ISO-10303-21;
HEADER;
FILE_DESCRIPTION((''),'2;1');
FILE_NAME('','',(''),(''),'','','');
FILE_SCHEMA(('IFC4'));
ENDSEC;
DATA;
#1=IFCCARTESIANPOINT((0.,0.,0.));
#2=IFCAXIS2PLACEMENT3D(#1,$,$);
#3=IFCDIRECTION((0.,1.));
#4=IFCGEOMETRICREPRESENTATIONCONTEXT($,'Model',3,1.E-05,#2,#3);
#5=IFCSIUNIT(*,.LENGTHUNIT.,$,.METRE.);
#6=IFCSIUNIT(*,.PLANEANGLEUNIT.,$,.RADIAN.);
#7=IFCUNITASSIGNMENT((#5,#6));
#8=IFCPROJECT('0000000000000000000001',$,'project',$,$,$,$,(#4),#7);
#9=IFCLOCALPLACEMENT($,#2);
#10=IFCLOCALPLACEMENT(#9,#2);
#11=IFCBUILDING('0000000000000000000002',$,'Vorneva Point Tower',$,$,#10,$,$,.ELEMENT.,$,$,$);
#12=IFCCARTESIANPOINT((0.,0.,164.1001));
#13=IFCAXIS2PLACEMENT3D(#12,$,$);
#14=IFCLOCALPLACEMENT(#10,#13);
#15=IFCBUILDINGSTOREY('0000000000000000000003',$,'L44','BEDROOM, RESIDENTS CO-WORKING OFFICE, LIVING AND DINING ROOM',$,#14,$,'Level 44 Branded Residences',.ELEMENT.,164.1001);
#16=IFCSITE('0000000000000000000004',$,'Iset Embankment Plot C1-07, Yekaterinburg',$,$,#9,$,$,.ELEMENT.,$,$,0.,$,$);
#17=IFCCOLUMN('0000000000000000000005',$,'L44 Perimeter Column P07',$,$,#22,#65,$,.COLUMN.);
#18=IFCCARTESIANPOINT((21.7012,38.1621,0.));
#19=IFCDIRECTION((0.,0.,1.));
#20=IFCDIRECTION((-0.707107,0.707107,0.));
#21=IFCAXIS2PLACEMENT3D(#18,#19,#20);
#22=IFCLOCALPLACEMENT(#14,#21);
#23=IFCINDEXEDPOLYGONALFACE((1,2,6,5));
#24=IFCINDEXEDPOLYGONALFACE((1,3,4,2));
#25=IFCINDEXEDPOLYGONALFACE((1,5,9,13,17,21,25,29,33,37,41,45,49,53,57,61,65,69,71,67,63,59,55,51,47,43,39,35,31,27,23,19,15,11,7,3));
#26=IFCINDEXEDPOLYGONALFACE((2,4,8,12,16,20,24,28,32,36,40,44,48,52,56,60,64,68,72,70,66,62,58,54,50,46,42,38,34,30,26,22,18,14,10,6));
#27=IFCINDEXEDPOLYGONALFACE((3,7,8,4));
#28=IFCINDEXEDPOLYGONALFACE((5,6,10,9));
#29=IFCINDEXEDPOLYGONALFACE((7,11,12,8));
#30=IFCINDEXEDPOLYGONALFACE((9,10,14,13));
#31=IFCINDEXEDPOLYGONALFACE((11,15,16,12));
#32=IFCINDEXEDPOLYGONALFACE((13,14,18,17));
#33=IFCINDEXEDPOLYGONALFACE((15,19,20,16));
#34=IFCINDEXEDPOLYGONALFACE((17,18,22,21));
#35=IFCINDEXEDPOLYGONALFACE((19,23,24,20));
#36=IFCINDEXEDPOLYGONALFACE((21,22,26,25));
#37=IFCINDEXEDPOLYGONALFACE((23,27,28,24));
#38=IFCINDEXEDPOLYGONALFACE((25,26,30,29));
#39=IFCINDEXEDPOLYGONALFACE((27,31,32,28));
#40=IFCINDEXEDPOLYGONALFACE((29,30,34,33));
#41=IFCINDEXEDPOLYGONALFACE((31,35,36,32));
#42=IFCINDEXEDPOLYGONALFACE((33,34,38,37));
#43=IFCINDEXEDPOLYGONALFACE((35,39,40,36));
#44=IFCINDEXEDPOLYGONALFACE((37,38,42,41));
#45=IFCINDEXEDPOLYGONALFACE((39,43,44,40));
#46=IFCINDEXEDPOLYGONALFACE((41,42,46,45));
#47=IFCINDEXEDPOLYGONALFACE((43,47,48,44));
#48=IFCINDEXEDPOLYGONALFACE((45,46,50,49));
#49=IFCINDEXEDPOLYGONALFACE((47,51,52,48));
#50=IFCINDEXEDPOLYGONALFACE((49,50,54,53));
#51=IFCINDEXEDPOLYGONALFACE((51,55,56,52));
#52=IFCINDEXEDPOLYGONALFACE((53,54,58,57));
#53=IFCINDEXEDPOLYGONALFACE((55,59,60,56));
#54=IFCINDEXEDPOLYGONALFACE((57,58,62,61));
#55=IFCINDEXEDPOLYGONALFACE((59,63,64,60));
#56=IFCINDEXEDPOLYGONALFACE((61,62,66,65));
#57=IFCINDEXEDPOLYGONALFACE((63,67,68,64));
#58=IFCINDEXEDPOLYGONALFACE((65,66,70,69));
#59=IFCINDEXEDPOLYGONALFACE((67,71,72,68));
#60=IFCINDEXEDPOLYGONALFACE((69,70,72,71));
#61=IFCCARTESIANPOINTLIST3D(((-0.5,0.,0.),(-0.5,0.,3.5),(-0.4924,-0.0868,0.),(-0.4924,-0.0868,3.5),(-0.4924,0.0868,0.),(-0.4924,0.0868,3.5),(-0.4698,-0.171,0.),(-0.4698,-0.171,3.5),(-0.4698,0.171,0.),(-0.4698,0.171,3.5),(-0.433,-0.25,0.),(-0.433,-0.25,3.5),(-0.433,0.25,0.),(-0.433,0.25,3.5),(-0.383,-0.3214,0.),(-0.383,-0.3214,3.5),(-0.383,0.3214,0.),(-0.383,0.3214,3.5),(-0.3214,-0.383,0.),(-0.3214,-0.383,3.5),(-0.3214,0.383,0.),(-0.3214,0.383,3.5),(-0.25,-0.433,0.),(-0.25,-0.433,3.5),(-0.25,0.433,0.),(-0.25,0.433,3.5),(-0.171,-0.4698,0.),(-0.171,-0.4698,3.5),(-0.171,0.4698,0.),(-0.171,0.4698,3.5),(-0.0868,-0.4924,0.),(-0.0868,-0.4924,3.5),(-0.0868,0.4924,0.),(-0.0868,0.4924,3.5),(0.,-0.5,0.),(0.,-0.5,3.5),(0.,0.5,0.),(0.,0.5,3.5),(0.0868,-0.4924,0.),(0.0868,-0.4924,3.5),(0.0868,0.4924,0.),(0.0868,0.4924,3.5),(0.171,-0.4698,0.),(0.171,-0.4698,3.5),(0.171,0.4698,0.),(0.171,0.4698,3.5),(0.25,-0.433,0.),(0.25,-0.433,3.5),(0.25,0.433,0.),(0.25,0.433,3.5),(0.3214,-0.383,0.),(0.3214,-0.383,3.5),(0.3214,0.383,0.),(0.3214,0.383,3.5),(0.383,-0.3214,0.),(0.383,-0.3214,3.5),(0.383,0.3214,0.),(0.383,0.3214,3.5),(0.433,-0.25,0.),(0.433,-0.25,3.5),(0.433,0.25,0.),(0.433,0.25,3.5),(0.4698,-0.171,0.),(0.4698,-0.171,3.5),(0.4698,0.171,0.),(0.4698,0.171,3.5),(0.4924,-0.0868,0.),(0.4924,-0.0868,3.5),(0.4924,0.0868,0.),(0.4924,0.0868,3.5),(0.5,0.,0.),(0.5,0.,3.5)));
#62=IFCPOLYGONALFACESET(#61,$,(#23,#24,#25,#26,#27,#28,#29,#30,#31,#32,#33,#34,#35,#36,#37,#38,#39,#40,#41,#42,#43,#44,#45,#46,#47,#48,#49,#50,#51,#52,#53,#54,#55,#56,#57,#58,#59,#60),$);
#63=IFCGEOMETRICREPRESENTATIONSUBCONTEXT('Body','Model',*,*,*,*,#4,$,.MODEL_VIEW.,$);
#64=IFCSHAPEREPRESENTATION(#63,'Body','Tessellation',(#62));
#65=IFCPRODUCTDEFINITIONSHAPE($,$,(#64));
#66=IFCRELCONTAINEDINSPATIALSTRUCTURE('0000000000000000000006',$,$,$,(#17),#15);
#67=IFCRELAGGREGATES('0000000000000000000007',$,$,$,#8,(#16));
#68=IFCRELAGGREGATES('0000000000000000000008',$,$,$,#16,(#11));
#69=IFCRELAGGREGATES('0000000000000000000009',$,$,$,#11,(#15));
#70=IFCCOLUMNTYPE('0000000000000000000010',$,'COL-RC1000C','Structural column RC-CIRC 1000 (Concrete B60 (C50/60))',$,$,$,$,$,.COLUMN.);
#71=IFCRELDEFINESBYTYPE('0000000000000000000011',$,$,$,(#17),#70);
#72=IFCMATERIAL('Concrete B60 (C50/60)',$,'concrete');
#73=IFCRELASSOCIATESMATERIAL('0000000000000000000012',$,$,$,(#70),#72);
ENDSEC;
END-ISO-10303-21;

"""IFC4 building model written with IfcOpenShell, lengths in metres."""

from ifc_helpers import new_model, si_unit, direction, frame, origin, origin_2d, place, context, subcontext, project, spatial, circle, extrude, material, material_profile, profile_set, type_object, element, save


model = new_model("IFC4")

# Units and contexts
model_context = context("Model", 3, precision=1e-05, world=origin(), true_north=direction((0.0, 1.0)))
body_context = subcontext(model_context, "Body", "Model", "MODEL_VIEW")
ifc_project = project(units=[si_unit("LENGTHUNIT", "METRE"), si_unit("PLANEANGLEUNIT", "RADIAN")], contexts=[model_context])

# Site, building, storey
site_placement = place(None, origin())
site = spatial("IfcSite", under=ifc_project, at=site_placement, Name="Iset Embankment Plot C1-07, Yekaterinburg", CompositionType="ELEMENT", RefElevation=0.0)
building_placement = place(site_placement, origin())
building = spatial("IfcBuilding", under=site, at=building_placement, Name="Vorneva Point Tower", CompositionType="ELEMENT")
storey_placement = place(building_placement, frame((0.0, 0.0, 164.1001)))
storey = spatial("IfcBuildingStorey", under=building, at=storey_placement, Name="L44", Description="BEDROOM, RESIDENTS CO-WORKING OFFICE, LIVING AND DINING ROOM", LongName="Level 44 Branded Residences", CompositionType="ELEMENT", Elevation=164.1001)

# Column
ifc_material_1 = material(Name="Concrete B60 (C50/60)", Category="concrete")
ifc_material_profile_1 = material_profile(ifc_material_1, circle(Radius=0.5, at=origin_2d()), Name="RC-CIRC 1000")
ifc_profile_set_1 = profile_set([ifc_material_profile_1], Name="Concrete B60 (C50/60)")
column_type = type_object("IfcColumnType", Name="COL-RC1000C", Description="Structural column RC-CIRC 1000 (Concrete B60 (C50/60))", PredefinedType="COLUMN", material=ifc_profile_set_1)
column_placement = place(storey_placement, frame((21.7012, 38.1621, 0.0), z_axis=(0.0, 0.0, 1.0), x_axis=(-0.707107, 0.707107, 0.0)))
element("IfcColumn", 1, at=column_placement, inside=storey, type_object=column_type, Name="L44 Perimeter Column P07", PredefinedType="COLUMN", context=body_context, shape_type="SweptSolid", body=[
    extrude(circle(Radius=0.5, at=origin_2d()), origin(), (0.0, 0.0, 1.0), 3.5),
])

save(model, "model.ifc")
